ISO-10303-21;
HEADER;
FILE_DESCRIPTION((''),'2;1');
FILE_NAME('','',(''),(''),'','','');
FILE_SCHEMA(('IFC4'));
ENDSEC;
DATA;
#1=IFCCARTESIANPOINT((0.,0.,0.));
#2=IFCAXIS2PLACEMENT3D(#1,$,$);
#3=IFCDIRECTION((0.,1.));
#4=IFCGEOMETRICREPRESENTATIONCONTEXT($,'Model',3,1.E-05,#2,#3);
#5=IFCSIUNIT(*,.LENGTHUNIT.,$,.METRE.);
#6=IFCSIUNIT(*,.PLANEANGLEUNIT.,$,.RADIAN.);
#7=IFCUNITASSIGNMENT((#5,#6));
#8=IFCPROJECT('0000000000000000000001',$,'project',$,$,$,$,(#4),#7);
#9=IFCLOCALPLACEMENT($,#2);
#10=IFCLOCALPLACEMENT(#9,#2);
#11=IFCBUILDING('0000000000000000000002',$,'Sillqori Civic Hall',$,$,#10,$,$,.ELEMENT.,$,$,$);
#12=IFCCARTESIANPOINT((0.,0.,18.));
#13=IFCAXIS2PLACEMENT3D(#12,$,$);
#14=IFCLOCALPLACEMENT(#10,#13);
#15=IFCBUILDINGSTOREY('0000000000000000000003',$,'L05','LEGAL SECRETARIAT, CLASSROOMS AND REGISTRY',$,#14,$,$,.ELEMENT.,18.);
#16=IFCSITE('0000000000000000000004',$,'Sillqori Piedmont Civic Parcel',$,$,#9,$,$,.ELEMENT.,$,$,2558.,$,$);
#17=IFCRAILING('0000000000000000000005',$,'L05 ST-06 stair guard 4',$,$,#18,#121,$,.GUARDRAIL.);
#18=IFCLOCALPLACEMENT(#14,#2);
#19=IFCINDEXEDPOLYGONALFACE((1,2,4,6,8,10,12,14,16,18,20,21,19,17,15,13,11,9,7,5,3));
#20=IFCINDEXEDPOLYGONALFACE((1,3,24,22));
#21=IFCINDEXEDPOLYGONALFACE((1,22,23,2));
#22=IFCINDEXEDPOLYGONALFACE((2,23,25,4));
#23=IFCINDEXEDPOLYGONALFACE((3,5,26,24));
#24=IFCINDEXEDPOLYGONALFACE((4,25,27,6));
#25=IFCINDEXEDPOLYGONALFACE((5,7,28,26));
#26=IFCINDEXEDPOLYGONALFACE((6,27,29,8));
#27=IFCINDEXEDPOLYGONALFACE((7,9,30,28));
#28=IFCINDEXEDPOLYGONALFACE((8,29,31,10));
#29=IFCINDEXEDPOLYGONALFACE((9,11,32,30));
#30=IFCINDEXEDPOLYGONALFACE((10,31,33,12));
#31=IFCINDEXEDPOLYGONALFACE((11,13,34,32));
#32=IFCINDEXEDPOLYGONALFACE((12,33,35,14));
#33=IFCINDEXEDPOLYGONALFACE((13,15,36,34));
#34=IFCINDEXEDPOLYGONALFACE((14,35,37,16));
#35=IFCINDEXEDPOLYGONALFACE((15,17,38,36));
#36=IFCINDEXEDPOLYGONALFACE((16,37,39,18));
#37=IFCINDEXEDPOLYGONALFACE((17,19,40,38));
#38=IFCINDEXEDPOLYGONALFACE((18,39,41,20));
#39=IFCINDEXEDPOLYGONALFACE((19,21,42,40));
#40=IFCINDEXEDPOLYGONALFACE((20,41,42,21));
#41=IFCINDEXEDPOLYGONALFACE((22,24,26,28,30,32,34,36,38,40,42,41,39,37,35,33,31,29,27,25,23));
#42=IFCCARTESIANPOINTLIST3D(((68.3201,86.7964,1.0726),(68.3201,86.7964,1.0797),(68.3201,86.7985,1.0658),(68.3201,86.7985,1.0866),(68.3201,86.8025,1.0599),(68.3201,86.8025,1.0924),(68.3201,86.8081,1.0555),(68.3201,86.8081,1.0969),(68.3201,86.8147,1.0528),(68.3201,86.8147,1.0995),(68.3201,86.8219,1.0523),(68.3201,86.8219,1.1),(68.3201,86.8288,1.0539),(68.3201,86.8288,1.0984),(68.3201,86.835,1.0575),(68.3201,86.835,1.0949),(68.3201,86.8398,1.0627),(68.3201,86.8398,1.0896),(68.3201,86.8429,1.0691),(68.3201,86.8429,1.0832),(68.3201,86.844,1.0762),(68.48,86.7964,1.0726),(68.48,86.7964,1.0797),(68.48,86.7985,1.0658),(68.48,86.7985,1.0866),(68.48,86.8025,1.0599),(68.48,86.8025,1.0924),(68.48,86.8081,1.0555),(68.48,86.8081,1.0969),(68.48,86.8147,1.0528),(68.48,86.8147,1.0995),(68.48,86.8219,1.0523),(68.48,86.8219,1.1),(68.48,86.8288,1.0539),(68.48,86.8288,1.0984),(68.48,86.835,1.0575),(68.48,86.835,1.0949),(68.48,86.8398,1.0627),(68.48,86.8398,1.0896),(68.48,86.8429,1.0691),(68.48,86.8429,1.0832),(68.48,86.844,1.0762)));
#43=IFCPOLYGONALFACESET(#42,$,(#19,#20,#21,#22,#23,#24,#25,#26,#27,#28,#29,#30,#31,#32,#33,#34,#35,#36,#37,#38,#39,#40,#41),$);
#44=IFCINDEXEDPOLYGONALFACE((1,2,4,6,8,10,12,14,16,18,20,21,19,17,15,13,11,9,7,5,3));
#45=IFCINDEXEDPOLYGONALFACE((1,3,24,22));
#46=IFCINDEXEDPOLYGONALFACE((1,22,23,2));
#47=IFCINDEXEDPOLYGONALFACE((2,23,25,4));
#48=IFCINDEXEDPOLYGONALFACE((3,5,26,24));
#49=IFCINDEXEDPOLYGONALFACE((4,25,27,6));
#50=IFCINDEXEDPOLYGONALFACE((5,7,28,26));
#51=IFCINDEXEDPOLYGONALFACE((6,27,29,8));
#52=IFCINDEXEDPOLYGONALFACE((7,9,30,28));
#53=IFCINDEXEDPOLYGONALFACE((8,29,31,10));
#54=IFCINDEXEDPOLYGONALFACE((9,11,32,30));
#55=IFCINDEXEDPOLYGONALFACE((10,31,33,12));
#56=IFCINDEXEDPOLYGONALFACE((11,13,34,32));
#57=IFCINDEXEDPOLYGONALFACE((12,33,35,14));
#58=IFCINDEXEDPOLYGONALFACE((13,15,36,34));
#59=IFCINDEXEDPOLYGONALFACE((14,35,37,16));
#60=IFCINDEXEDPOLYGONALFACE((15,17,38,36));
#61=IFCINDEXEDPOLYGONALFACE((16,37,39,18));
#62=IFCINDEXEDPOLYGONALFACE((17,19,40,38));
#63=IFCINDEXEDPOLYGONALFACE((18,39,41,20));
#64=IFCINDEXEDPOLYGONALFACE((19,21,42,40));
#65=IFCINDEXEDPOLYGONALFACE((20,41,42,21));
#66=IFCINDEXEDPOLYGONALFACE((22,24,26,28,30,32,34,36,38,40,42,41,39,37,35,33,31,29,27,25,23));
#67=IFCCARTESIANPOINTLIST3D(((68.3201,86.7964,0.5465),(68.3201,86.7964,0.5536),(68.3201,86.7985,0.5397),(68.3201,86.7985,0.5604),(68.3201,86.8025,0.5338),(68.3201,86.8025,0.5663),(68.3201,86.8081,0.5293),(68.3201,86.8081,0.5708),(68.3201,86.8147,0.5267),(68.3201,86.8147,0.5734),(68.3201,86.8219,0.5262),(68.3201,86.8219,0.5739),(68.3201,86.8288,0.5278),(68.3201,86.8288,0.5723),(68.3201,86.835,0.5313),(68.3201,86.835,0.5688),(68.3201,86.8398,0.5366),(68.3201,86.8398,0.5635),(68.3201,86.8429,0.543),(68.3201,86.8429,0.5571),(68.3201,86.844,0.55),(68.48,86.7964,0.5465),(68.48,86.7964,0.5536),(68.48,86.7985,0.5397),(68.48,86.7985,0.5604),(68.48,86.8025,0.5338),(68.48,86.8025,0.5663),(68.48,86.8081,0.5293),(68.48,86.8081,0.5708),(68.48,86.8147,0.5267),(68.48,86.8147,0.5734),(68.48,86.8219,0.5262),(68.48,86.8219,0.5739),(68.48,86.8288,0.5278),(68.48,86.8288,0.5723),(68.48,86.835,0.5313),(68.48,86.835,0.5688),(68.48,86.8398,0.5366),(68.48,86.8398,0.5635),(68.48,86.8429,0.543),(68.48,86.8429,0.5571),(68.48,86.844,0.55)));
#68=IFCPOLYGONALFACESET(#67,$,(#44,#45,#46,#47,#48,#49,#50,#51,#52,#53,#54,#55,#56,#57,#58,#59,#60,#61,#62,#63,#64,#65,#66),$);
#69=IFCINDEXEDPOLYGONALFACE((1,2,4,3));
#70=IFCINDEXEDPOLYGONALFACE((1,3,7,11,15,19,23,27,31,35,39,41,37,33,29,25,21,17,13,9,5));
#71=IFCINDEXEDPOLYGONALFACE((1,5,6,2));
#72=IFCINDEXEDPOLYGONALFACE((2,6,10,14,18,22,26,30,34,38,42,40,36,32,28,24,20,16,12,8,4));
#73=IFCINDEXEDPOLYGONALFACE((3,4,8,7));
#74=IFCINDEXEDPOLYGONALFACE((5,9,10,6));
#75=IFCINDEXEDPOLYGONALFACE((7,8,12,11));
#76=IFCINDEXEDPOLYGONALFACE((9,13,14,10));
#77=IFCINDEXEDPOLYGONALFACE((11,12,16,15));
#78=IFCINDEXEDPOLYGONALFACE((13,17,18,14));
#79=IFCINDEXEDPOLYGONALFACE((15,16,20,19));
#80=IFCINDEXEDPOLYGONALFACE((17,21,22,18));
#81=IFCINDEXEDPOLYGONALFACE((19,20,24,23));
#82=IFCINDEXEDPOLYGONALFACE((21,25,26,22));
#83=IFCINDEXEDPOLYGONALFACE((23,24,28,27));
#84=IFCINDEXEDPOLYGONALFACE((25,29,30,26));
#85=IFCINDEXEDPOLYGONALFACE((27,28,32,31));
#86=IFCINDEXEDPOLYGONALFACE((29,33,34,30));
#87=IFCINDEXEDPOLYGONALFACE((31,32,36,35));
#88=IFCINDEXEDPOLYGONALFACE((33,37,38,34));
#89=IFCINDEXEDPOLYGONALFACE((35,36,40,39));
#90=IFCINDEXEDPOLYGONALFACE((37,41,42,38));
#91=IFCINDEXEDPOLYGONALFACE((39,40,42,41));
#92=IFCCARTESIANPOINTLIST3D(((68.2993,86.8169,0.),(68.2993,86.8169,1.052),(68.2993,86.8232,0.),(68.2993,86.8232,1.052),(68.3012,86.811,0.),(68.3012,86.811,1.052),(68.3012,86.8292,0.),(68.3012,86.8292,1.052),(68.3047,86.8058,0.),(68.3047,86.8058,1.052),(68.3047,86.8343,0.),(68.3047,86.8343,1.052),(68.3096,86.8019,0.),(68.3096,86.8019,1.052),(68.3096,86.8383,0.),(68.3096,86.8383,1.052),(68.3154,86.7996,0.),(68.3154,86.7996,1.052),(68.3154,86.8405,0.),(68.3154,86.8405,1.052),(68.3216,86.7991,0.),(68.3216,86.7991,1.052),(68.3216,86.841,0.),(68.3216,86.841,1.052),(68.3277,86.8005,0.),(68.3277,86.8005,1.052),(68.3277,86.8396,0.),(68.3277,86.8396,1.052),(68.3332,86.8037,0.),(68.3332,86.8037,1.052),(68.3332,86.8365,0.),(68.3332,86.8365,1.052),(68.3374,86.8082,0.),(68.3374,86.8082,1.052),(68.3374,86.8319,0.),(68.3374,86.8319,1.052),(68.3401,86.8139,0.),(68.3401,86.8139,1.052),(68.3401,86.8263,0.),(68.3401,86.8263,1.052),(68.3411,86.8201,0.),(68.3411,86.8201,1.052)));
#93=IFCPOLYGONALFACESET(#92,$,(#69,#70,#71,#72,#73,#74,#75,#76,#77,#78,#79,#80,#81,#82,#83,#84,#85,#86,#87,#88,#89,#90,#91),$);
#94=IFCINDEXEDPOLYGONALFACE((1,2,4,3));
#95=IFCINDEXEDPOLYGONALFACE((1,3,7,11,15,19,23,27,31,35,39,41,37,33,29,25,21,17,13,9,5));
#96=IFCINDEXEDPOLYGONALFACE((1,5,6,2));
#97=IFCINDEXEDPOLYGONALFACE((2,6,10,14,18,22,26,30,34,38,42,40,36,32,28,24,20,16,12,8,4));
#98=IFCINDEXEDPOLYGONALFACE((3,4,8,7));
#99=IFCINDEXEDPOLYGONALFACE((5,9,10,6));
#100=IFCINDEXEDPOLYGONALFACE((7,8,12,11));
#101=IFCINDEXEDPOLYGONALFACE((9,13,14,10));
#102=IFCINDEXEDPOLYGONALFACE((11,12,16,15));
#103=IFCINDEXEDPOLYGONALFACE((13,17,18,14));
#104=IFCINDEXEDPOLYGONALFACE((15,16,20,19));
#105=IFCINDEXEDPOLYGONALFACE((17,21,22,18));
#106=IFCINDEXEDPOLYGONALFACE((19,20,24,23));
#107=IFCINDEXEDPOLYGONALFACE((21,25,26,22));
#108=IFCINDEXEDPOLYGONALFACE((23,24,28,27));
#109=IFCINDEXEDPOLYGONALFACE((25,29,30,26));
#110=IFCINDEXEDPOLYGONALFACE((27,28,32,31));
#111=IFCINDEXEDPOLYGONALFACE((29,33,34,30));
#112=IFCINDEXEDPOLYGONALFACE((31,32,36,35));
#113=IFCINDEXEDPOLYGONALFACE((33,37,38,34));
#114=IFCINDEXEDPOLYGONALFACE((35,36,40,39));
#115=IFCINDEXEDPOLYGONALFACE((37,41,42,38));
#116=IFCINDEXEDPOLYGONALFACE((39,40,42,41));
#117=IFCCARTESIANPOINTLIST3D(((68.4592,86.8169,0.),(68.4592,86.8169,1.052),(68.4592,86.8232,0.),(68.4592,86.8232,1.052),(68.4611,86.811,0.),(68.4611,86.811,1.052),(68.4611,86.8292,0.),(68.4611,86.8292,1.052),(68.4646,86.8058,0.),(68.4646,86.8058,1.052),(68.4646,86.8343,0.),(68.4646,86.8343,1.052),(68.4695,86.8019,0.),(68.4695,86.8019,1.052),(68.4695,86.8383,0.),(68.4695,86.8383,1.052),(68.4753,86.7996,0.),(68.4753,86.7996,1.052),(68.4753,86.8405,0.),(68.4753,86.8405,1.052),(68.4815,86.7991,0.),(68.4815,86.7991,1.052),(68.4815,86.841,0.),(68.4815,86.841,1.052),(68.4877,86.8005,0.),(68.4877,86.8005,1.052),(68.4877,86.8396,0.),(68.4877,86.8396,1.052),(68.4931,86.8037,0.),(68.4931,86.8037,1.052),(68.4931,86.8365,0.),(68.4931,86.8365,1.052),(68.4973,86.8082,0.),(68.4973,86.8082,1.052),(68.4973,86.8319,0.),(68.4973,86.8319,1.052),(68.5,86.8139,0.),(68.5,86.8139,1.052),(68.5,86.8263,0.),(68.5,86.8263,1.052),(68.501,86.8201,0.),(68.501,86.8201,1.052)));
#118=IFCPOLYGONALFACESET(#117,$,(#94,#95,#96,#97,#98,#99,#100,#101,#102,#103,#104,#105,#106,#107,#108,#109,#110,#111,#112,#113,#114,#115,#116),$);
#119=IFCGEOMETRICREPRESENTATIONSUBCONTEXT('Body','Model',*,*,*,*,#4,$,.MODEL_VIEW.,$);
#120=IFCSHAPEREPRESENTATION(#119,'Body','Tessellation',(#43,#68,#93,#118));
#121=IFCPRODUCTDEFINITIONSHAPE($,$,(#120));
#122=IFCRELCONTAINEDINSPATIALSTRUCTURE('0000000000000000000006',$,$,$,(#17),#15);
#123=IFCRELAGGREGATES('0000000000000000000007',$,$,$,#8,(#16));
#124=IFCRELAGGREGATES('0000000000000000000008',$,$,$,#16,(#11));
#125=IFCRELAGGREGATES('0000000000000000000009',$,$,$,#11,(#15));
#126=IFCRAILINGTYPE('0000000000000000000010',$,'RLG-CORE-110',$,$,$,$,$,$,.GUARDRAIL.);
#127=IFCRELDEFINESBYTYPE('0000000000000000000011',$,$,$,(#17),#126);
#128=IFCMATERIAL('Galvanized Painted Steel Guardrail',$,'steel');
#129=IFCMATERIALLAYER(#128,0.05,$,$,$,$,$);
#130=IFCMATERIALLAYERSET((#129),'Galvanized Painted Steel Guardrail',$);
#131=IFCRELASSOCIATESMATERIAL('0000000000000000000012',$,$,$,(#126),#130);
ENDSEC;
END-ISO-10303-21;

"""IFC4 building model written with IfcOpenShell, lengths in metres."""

from ifc_helpers import new_model, si_unit, direction, frame, origin, origin_2d, place, context, subcontext, project, spatial, circle, extrude, material, layer, layer_set, type_object, element, save


model = new_model("IFC4")

# Units and contexts
model_context = context("Model", 3, precision=1e-05, world=origin(), true_north=direction((0.0, 1.0)))
body_context = subcontext(model_context, "Body", "Model", "MODEL_VIEW")
ifc_project = project(units=[si_unit("LENGTHUNIT", "METRE"), si_unit("PLANEANGLEUNIT", "RADIAN")], contexts=[model_context])

# Site, building, storey
site_placement = place(None, origin())
site = spatial("IfcSite", under=ifc_project, at=site_placement, Name="Sillqori Piedmont Civic Parcel", CompositionType="ELEMENT", RefElevation=2558.0)
building_placement = place(site_placement, origin())
building = spatial("IfcBuilding", under=site, at=building_placement, Name="Sillqori Civic Hall", CompositionType="ELEMENT")
storey_placement = place(building_placement, frame((0.0, 0.0, 18.0)))
storey = spatial("IfcBuildingStorey", under=building, at=storey_placement, Name="L05", Description="LEGAL SECRETARIAT, CLASSROOMS AND REGISTRY", CompositionType="ELEMENT", Elevation=18.0)

# Railing
ifc_material_1 = material(Name="Galvanized Painted Steel Guardrail", Category="steel")
ifc_layer_1 = layer(ifc_material_1, 0.05)
ifc_layer_set_1 = layer_set([ifc_layer_1], Name="Galvanized Painted Steel Guardrail")
railing_type_1 = type_object("IfcRailingType", Name="RLG-CORE-110", PredefinedType="GUARDRAIL", material=ifc_layer_set_1)
railing_1_placement = place(storey_placement, frame((68.3201, 86.8201, 0.0)))
element("IfcRailing", 1, at=railing_1_placement, inside=storey, type_object=railing_type_1, Name="L05 ST-06 stair guard 4", PredefinedType="GUARDRAIL", context=body_context, shape_type="SweptSolid", body=[
    extrude(circle(Radius=0.0239, at=origin_2d()), frame((0.0, 0.0, 1.0762), z_axis=(1.0, 0.0, 0.0), x_axis=(0.0, 1.0, 0.0)), (0.0, 0.0, 1.0), 0.1599),
    extrude(circle(Radius=0.0239, at=origin_2d()), frame((0.0, 0.0, 0.55), z_axis=(1.0, 0.0, 0.0), x_axis=(0.0, 1.0, 0.0)), (0.0, 0.0, 1.0), 0.1599),
    extrude(circle(Radius=0.021, at=origin_2d()), origin(), (0.0, 0.0, 1.0), 1.052),
    extrude(circle(Radius=0.021, at=origin_2d()), frame((0.1599, 0.0, 0.0)), (0.0, 0.0, 1.0), 1.052),
])

save(model, "model.ifc")
